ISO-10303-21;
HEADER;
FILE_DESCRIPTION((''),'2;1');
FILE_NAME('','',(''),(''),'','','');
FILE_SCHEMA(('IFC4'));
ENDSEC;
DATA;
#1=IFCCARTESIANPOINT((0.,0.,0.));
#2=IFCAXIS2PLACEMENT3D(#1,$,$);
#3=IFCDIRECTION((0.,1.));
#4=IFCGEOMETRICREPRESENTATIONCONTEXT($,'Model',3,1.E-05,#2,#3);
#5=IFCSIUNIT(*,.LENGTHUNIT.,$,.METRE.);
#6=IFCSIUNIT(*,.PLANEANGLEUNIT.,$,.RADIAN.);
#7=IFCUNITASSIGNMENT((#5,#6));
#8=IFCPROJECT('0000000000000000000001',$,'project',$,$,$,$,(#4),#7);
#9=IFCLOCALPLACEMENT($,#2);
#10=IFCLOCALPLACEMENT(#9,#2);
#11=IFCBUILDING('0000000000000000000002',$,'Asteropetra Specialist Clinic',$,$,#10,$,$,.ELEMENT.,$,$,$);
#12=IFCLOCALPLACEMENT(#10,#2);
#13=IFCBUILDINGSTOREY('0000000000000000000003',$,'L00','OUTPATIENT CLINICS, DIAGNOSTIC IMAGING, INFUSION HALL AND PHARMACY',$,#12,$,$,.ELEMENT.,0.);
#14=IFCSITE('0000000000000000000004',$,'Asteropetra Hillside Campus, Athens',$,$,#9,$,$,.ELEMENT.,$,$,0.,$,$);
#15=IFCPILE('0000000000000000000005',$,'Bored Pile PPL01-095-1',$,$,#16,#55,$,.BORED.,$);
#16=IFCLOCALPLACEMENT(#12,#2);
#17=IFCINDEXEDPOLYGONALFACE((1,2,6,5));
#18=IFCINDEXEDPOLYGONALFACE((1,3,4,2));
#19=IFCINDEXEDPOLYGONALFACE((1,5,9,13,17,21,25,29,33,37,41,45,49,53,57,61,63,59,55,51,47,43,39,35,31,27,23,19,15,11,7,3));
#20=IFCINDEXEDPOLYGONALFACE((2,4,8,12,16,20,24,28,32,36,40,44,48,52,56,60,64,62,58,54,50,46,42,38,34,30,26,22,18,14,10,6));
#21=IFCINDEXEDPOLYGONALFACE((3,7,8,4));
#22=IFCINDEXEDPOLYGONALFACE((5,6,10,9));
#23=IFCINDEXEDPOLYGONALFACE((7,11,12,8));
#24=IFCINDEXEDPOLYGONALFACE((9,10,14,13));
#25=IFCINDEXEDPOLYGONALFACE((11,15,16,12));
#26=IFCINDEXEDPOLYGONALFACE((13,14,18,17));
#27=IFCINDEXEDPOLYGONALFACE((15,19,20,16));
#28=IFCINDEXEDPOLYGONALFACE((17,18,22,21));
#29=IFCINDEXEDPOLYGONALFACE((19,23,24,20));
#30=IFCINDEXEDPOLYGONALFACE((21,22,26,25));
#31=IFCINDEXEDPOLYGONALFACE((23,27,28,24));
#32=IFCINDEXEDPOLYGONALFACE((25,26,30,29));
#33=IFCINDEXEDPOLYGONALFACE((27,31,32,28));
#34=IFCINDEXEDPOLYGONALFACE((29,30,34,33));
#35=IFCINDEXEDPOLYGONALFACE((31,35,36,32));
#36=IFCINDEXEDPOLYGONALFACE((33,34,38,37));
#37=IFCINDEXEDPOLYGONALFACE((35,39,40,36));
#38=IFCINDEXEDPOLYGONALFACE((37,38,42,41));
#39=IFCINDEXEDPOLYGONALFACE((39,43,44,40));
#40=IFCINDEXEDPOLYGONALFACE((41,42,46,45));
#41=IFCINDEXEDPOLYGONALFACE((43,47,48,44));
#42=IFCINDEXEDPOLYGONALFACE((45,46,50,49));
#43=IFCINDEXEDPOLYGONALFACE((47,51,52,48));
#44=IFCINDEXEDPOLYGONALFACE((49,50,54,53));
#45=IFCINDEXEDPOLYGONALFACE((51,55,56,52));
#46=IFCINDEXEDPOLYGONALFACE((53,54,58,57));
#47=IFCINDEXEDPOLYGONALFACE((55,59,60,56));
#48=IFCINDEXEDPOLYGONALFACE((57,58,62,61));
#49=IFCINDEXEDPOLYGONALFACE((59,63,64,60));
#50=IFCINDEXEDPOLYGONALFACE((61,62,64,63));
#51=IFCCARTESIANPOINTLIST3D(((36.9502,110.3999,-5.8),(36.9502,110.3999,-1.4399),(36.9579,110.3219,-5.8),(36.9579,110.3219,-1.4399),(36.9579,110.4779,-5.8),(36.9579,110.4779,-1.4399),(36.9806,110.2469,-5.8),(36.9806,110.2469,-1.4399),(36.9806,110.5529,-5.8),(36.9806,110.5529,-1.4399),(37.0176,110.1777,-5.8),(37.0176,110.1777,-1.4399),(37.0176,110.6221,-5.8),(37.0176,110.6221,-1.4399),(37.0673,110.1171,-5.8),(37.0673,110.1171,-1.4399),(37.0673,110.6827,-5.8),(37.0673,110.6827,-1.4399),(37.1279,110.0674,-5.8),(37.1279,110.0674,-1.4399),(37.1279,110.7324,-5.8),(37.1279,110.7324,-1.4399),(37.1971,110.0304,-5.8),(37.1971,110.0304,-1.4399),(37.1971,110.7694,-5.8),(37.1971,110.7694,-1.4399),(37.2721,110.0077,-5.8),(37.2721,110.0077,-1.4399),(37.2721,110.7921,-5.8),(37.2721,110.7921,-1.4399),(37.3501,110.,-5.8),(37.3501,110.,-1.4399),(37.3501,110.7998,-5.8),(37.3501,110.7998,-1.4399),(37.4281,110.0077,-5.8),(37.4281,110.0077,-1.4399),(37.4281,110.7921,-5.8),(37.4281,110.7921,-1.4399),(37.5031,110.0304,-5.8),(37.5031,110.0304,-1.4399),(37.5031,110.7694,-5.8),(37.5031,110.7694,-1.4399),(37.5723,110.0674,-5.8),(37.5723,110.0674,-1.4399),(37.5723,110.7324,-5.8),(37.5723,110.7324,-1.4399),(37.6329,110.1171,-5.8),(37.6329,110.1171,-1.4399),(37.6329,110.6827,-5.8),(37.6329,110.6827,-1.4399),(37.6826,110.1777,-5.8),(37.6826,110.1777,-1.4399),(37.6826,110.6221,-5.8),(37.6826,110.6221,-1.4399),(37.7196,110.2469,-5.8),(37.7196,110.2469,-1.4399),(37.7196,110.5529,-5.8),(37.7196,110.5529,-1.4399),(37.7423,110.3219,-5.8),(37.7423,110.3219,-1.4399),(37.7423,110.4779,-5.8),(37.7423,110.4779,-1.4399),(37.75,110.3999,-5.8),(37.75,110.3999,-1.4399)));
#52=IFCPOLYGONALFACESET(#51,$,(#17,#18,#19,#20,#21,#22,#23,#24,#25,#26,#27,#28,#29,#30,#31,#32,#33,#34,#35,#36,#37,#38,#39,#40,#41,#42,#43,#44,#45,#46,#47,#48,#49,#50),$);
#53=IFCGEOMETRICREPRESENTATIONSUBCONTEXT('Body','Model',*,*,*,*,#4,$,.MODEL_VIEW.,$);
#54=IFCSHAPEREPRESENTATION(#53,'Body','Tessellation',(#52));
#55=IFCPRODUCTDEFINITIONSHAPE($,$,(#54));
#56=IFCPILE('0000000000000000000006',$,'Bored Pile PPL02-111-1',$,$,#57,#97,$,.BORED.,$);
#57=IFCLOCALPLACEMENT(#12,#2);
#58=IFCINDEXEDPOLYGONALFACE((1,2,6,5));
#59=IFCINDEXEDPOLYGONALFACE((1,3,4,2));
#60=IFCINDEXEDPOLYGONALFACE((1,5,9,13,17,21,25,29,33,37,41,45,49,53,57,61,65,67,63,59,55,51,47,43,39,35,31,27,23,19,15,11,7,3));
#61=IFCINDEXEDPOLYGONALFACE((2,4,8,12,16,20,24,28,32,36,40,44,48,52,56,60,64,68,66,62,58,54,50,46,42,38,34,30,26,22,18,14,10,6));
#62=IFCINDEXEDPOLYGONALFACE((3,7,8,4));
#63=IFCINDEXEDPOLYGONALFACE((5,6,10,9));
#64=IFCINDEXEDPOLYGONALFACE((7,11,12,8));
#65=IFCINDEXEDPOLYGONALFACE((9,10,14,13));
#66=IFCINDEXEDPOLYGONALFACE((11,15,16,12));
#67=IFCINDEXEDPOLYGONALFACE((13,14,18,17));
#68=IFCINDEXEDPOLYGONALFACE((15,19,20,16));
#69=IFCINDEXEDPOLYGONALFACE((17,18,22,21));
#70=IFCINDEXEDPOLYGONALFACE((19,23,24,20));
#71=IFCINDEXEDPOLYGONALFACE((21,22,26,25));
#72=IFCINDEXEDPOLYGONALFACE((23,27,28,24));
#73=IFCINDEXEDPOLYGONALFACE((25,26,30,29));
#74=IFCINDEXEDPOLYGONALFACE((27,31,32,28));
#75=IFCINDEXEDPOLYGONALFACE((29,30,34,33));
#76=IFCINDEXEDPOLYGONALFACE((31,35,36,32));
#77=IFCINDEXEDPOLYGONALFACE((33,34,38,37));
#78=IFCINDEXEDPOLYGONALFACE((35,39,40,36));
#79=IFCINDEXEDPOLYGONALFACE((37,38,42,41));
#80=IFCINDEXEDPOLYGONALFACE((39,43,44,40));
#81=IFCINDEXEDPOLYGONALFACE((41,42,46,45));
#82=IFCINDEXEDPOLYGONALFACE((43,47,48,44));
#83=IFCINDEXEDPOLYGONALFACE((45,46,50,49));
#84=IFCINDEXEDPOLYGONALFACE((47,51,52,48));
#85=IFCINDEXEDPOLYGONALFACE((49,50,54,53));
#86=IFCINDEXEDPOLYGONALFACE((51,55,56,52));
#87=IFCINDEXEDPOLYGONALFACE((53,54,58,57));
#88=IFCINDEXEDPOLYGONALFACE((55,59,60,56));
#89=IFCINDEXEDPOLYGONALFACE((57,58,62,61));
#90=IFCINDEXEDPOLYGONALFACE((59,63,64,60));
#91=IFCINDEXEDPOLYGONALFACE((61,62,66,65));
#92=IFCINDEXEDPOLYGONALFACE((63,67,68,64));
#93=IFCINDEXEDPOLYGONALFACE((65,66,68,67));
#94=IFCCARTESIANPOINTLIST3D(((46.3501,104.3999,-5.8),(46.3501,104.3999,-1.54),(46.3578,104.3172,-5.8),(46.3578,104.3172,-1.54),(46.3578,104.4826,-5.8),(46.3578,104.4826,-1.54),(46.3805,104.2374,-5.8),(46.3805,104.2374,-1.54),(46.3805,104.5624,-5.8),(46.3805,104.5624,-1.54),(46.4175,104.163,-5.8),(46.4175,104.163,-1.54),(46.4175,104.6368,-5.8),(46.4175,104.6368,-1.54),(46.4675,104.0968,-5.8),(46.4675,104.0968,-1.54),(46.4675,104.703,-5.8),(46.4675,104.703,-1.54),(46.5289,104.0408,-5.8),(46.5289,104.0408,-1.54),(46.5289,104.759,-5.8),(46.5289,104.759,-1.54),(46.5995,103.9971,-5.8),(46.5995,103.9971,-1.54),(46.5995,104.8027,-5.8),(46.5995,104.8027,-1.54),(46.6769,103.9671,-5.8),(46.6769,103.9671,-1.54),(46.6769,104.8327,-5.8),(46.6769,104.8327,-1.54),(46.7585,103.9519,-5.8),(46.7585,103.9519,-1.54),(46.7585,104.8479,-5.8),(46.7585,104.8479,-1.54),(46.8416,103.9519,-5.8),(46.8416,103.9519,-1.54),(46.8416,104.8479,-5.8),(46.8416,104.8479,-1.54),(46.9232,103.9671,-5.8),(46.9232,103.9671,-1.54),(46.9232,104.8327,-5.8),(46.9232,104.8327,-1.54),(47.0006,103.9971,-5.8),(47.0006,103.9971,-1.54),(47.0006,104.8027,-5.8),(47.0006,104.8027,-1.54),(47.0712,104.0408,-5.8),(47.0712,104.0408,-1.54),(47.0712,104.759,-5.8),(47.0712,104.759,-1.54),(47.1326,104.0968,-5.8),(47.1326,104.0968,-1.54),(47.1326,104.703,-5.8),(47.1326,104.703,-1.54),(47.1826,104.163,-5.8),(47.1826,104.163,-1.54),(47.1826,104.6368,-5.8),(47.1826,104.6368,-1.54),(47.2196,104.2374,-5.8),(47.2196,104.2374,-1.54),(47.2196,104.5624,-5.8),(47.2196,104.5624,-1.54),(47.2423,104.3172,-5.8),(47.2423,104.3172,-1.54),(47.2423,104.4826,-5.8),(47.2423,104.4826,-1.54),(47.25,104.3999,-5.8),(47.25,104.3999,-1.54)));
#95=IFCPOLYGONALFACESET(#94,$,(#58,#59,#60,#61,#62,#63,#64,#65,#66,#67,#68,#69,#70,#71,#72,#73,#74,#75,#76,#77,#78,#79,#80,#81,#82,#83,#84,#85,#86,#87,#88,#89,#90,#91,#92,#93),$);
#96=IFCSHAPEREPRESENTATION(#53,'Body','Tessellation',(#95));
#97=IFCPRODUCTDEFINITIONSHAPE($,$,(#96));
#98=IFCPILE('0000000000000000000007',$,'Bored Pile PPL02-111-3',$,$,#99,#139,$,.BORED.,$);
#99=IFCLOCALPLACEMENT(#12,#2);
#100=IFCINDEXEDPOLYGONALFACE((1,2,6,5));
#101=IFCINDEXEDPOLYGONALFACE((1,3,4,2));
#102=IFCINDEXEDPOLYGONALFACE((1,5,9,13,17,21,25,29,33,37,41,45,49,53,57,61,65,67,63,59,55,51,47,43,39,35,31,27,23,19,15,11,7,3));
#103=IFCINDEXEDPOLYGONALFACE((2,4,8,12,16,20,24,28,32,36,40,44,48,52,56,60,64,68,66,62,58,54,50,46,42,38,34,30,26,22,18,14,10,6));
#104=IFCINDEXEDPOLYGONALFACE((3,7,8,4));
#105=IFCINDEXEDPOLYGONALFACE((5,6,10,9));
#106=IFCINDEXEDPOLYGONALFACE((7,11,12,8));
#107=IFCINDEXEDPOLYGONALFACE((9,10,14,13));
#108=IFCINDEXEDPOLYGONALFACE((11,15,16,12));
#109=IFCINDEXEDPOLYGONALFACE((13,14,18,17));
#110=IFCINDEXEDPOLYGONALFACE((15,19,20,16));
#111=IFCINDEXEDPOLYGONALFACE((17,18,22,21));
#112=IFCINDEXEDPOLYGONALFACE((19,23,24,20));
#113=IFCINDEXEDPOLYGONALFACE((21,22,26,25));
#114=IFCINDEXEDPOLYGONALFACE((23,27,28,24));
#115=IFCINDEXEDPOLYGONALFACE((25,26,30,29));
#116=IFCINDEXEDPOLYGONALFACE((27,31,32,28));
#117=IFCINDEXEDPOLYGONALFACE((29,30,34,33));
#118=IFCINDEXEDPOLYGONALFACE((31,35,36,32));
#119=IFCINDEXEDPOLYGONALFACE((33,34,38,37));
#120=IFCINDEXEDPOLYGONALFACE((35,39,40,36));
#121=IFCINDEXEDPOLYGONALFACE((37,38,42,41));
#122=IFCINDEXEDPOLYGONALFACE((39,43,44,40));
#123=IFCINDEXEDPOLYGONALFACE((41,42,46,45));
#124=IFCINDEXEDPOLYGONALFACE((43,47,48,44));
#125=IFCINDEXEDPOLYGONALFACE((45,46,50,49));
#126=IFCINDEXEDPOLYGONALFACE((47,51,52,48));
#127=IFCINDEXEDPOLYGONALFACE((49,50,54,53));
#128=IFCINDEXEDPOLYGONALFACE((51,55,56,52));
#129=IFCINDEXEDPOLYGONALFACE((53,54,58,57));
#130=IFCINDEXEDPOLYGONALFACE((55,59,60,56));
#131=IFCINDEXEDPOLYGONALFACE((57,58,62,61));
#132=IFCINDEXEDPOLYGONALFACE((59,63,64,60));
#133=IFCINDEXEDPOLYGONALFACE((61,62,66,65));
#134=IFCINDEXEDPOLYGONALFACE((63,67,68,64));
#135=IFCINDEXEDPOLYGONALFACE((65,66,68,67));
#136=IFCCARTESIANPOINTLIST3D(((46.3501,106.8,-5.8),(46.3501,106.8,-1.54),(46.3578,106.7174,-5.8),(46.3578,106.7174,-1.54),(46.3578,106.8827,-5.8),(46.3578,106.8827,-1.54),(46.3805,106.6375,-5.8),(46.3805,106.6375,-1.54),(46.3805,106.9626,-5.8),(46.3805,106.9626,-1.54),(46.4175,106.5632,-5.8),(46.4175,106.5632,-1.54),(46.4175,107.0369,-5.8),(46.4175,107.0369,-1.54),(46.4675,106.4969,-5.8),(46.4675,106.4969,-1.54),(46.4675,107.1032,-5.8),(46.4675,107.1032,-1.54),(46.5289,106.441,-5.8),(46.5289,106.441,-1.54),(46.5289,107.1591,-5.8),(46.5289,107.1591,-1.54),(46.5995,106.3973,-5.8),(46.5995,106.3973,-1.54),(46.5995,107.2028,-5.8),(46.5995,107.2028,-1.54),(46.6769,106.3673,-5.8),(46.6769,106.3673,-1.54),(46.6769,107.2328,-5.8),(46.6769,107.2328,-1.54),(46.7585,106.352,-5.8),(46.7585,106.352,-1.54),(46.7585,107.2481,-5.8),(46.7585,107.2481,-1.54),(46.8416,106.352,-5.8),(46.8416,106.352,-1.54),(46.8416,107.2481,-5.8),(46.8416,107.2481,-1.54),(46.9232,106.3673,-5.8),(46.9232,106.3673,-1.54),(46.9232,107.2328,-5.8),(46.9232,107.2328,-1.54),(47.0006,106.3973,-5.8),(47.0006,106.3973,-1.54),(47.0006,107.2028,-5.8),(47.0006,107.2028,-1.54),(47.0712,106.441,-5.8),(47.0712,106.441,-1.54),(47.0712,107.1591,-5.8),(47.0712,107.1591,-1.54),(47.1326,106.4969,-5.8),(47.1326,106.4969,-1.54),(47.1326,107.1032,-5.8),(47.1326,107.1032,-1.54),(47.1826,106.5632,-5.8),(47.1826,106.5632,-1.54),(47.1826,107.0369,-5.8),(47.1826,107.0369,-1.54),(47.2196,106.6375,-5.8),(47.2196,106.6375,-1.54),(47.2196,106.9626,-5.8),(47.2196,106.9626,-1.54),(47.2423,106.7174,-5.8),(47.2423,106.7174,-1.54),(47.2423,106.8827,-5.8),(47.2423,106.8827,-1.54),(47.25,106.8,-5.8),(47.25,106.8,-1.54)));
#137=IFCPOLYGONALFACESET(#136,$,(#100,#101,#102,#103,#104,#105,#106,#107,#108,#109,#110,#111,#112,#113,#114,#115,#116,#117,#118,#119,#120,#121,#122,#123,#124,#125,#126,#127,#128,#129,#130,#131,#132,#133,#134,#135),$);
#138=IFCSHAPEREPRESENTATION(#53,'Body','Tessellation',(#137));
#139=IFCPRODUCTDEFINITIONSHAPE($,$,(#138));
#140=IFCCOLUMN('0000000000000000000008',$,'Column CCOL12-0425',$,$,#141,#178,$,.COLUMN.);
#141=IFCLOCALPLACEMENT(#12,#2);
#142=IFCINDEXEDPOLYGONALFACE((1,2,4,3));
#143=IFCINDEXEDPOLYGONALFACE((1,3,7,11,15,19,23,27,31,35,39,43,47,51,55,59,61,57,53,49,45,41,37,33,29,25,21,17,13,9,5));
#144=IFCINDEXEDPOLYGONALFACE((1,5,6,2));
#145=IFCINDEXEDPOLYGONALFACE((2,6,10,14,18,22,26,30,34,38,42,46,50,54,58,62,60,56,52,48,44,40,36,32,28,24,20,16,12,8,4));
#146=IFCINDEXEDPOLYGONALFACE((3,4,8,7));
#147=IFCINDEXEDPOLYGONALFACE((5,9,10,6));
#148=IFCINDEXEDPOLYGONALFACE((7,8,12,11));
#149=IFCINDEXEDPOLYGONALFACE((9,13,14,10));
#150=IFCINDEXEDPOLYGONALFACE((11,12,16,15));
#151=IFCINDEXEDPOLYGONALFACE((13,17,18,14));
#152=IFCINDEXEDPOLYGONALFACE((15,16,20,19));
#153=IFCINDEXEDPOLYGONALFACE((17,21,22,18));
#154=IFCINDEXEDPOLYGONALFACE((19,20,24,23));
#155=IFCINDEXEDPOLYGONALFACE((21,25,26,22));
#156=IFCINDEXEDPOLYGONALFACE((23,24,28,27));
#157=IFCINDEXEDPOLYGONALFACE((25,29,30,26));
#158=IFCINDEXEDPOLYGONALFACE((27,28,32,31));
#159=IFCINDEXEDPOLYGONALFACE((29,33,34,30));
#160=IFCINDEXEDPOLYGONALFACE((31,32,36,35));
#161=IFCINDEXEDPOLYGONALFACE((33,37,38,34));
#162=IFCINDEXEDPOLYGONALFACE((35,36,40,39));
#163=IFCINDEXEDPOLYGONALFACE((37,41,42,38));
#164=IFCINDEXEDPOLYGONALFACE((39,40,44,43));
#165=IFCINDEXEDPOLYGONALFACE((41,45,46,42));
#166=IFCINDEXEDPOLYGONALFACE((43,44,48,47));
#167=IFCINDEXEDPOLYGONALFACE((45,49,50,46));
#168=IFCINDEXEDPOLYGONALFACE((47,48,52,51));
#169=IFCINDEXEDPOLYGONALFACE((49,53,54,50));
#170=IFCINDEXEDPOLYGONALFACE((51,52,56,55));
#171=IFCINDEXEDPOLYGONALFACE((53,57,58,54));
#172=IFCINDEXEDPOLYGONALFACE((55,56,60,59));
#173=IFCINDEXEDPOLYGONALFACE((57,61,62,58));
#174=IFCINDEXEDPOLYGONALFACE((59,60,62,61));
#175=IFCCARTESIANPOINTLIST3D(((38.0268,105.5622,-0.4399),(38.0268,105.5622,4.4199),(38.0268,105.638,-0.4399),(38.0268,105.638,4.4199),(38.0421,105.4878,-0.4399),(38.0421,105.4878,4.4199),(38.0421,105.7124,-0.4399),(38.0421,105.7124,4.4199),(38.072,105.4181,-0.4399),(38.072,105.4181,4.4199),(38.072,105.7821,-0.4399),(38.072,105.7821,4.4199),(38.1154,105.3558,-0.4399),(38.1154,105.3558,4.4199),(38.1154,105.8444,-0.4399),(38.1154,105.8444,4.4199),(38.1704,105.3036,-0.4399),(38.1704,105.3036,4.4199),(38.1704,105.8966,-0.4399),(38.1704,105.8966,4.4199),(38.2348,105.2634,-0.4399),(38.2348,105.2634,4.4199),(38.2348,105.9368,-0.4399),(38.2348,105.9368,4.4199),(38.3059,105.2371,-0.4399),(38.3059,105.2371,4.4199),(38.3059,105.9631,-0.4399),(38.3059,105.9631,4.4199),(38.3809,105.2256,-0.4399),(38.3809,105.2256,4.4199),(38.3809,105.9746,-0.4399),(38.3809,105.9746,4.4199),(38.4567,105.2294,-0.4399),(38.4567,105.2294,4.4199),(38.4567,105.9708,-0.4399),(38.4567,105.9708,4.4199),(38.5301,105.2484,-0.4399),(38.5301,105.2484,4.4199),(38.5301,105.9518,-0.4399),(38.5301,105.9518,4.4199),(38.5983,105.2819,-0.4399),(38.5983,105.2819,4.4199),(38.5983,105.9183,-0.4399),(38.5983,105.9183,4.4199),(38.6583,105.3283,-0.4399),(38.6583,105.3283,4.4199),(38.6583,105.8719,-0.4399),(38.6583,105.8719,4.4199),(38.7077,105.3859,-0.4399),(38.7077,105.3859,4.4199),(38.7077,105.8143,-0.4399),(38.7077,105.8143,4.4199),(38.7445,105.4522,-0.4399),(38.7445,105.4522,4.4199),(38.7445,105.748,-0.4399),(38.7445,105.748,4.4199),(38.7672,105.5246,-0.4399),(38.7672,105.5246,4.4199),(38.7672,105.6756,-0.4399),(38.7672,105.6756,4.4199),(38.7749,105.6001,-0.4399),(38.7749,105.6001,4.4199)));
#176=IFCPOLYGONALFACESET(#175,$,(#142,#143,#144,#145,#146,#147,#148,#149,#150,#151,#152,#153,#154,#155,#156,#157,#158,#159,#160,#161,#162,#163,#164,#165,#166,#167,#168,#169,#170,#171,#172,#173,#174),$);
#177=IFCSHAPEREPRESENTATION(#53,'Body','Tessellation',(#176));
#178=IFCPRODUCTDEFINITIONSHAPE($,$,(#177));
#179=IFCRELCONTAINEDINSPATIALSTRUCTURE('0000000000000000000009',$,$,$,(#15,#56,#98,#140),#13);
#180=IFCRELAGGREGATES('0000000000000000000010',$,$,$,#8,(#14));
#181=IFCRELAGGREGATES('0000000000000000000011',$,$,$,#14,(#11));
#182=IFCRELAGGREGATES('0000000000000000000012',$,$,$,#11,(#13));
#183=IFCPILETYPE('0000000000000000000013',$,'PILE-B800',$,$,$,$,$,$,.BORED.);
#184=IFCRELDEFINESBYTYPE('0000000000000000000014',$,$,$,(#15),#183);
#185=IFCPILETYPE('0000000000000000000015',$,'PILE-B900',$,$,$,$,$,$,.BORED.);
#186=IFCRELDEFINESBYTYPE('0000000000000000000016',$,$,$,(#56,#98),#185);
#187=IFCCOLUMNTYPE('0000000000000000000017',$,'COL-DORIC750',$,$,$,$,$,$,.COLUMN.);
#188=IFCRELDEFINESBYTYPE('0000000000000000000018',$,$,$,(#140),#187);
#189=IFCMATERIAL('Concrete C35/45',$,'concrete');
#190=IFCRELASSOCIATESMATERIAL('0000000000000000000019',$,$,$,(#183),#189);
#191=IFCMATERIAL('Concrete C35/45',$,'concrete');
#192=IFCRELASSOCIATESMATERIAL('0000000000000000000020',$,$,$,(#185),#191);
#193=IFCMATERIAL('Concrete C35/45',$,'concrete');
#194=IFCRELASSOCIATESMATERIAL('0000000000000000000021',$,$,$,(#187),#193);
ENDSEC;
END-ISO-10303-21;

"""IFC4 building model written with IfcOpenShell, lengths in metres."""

from ifc_helpers import new_model, si_unit, direction, frame, origin, origin_2d, place, context, subcontext, project, spatial, circle, extrude, material, material_profile, profile_set, type_object, element, save


model = new_model("IFC4")

# Units and contexts
model_context = context("Model", 3, precision=1e-05, world=origin(), true_north=direction((0.0, 1.0)))
body_context = subcontext(model_context, "Body", "Model", "MODEL_VIEW")
ifc_project = project(units=[si_unit("LENGTHUNIT", "METRE"), si_unit("PLANEANGLEUNIT", "RADIAN")], contexts=[model_context])

# Site, building, storey
site_placement = place(None, origin())
site = spatial("IfcSite", under=ifc_project, at=site_placement, Name="Asteropetra Hillside Campus, Athens", CompositionType="ELEMENT", RefElevation=0.0)
building_placement = place(site_placement, origin())
building = spatial("IfcBuilding", under=site, at=building_placement, Name="Asteropetra Specialist Clinic", CompositionType="ELEMENT")
storey_placement = place(building_placement, origin())
storey = spatial("IfcBuildingStorey", under=building, at=storey_placement, Name="L00", Description="OUTPATIENT CLINICS, DIAGNOSTIC IMAGING, INFUSION HALL AND PHARMACY", CompositionType="ELEMENT", Elevation=0.0)

# Piles
ifc_material_1 = material(Name="Concrete C35/45", Category="concrete")
ifc_material_profile_1 = material_profile(ifc_material_1, circle(Radius=0.3999, at=origin_2d()), Name="PILE D800")
ifc_profile_set_1 = profile_set([ifc_material_profile_1], Name="Concrete C35/45")
pile_type_1 = type_object("IfcPileType", Name="PILE-B800", PredefinedType="BORED", material=ifc_profile_set_1)
for number, where, z_axis, x_axis, name in (
    (1, (37.3501, 110.3999, -1.4399), (0.0, 0.0, -1.0), (1.0, 0.0, 0.0), "Bored Pile PPL01-095-1"),
):
    element("IfcPile", number, at=place(storey_placement, frame(where, z_axis=z_axis, x_axis=x_axis)), inside=storey, type_object=pile_type_1, Name=name, PredefinedType="BORED", context=body_context, shape_type="SweptSolid", body=[
        extrude(circle(Radius=0.3999, at=origin_2d()), origin(), (0.0, 0.0, 1.0), 4.3601),
    ])
ifc_material_2 = material(Name="Concrete C35/45", Category="concrete")
ifc_material_profile_2 = material_profile(ifc_material_2, circle(Radius=0.45, at=origin_2d()), Name="PILE D900")
ifc_profile_set_2 = profile_set([ifc_material_profile_2], Name="Concrete C35/45")
pile_type_2 = type_object("IfcPileType", Name="PILE-B900", PredefinedType="BORED", material=ifc_profile_set_2)
for number, where, z_axis, x_axis, name in (
    (2, (46.8, 104.3999, -1.54), (0.0, 0.0, -1.0), (1.0, 0.0, 0.0), "Bored Pile PPL02-111-1"),
    (3, (46.8, 106.8, -1.54), (0.0, 0.0, -1.0), (1.0, 0.0, 0.0), "Bored Pile PPL02-111-3"),
):
    element("IfcPile", number, at=place(storey_placement, frame(where, z_axis=z_axis, x_axis=x_axis)), inside=storey, type_object=pile_type_2, Name=name, PredefinedType="BORED", context=body_context, shape_type="SweptSolid", body=[
        extrude(circle(Radius=0.45, at=origin_2d()), origin(), (0.0, 0.0, 1.0), 4.26),
    ])

# Column
ifc_material_3 = material(Name="Concrete C35/45", Category="concrete")
ifc_material_profile_3 = material_profile(ifc_material_3, circle(Radius=0.375, at=origin_2d()), Name="RCC D750")
ifc_profile_set_3 = profile_set([ifc_material_profile_3], Name="Concrete C35/45")
column_type = type_object("IfcColumnType", Name="COL-DORIC750", PredefinedType="COLUMN", material=ifc_profile_set_3)
for number, where, z_axis, x_axis, name in (
    (4, (38.3999, 105.6001, -0.4399), (0.0, 0.0, 1.0), (1.0, 0.0, 0.0), "Column CCOL12-0425"),
):
    element("IfcColumn", number, at=place(storey_placement, frame(where, z_axis=z_axis, x_axis=x_axis)), inside=storey, type_object=column_type, Name=name, PredefinedType="COLUMN", context=body_context, shape_type="SweptSolid", body=[
        extrude(circle(Radius=0.375, at=origin_2d()), origin(), (0.0, 0.0, 1.0), 4.8599),
    ])

save(model, "model.ifc")
